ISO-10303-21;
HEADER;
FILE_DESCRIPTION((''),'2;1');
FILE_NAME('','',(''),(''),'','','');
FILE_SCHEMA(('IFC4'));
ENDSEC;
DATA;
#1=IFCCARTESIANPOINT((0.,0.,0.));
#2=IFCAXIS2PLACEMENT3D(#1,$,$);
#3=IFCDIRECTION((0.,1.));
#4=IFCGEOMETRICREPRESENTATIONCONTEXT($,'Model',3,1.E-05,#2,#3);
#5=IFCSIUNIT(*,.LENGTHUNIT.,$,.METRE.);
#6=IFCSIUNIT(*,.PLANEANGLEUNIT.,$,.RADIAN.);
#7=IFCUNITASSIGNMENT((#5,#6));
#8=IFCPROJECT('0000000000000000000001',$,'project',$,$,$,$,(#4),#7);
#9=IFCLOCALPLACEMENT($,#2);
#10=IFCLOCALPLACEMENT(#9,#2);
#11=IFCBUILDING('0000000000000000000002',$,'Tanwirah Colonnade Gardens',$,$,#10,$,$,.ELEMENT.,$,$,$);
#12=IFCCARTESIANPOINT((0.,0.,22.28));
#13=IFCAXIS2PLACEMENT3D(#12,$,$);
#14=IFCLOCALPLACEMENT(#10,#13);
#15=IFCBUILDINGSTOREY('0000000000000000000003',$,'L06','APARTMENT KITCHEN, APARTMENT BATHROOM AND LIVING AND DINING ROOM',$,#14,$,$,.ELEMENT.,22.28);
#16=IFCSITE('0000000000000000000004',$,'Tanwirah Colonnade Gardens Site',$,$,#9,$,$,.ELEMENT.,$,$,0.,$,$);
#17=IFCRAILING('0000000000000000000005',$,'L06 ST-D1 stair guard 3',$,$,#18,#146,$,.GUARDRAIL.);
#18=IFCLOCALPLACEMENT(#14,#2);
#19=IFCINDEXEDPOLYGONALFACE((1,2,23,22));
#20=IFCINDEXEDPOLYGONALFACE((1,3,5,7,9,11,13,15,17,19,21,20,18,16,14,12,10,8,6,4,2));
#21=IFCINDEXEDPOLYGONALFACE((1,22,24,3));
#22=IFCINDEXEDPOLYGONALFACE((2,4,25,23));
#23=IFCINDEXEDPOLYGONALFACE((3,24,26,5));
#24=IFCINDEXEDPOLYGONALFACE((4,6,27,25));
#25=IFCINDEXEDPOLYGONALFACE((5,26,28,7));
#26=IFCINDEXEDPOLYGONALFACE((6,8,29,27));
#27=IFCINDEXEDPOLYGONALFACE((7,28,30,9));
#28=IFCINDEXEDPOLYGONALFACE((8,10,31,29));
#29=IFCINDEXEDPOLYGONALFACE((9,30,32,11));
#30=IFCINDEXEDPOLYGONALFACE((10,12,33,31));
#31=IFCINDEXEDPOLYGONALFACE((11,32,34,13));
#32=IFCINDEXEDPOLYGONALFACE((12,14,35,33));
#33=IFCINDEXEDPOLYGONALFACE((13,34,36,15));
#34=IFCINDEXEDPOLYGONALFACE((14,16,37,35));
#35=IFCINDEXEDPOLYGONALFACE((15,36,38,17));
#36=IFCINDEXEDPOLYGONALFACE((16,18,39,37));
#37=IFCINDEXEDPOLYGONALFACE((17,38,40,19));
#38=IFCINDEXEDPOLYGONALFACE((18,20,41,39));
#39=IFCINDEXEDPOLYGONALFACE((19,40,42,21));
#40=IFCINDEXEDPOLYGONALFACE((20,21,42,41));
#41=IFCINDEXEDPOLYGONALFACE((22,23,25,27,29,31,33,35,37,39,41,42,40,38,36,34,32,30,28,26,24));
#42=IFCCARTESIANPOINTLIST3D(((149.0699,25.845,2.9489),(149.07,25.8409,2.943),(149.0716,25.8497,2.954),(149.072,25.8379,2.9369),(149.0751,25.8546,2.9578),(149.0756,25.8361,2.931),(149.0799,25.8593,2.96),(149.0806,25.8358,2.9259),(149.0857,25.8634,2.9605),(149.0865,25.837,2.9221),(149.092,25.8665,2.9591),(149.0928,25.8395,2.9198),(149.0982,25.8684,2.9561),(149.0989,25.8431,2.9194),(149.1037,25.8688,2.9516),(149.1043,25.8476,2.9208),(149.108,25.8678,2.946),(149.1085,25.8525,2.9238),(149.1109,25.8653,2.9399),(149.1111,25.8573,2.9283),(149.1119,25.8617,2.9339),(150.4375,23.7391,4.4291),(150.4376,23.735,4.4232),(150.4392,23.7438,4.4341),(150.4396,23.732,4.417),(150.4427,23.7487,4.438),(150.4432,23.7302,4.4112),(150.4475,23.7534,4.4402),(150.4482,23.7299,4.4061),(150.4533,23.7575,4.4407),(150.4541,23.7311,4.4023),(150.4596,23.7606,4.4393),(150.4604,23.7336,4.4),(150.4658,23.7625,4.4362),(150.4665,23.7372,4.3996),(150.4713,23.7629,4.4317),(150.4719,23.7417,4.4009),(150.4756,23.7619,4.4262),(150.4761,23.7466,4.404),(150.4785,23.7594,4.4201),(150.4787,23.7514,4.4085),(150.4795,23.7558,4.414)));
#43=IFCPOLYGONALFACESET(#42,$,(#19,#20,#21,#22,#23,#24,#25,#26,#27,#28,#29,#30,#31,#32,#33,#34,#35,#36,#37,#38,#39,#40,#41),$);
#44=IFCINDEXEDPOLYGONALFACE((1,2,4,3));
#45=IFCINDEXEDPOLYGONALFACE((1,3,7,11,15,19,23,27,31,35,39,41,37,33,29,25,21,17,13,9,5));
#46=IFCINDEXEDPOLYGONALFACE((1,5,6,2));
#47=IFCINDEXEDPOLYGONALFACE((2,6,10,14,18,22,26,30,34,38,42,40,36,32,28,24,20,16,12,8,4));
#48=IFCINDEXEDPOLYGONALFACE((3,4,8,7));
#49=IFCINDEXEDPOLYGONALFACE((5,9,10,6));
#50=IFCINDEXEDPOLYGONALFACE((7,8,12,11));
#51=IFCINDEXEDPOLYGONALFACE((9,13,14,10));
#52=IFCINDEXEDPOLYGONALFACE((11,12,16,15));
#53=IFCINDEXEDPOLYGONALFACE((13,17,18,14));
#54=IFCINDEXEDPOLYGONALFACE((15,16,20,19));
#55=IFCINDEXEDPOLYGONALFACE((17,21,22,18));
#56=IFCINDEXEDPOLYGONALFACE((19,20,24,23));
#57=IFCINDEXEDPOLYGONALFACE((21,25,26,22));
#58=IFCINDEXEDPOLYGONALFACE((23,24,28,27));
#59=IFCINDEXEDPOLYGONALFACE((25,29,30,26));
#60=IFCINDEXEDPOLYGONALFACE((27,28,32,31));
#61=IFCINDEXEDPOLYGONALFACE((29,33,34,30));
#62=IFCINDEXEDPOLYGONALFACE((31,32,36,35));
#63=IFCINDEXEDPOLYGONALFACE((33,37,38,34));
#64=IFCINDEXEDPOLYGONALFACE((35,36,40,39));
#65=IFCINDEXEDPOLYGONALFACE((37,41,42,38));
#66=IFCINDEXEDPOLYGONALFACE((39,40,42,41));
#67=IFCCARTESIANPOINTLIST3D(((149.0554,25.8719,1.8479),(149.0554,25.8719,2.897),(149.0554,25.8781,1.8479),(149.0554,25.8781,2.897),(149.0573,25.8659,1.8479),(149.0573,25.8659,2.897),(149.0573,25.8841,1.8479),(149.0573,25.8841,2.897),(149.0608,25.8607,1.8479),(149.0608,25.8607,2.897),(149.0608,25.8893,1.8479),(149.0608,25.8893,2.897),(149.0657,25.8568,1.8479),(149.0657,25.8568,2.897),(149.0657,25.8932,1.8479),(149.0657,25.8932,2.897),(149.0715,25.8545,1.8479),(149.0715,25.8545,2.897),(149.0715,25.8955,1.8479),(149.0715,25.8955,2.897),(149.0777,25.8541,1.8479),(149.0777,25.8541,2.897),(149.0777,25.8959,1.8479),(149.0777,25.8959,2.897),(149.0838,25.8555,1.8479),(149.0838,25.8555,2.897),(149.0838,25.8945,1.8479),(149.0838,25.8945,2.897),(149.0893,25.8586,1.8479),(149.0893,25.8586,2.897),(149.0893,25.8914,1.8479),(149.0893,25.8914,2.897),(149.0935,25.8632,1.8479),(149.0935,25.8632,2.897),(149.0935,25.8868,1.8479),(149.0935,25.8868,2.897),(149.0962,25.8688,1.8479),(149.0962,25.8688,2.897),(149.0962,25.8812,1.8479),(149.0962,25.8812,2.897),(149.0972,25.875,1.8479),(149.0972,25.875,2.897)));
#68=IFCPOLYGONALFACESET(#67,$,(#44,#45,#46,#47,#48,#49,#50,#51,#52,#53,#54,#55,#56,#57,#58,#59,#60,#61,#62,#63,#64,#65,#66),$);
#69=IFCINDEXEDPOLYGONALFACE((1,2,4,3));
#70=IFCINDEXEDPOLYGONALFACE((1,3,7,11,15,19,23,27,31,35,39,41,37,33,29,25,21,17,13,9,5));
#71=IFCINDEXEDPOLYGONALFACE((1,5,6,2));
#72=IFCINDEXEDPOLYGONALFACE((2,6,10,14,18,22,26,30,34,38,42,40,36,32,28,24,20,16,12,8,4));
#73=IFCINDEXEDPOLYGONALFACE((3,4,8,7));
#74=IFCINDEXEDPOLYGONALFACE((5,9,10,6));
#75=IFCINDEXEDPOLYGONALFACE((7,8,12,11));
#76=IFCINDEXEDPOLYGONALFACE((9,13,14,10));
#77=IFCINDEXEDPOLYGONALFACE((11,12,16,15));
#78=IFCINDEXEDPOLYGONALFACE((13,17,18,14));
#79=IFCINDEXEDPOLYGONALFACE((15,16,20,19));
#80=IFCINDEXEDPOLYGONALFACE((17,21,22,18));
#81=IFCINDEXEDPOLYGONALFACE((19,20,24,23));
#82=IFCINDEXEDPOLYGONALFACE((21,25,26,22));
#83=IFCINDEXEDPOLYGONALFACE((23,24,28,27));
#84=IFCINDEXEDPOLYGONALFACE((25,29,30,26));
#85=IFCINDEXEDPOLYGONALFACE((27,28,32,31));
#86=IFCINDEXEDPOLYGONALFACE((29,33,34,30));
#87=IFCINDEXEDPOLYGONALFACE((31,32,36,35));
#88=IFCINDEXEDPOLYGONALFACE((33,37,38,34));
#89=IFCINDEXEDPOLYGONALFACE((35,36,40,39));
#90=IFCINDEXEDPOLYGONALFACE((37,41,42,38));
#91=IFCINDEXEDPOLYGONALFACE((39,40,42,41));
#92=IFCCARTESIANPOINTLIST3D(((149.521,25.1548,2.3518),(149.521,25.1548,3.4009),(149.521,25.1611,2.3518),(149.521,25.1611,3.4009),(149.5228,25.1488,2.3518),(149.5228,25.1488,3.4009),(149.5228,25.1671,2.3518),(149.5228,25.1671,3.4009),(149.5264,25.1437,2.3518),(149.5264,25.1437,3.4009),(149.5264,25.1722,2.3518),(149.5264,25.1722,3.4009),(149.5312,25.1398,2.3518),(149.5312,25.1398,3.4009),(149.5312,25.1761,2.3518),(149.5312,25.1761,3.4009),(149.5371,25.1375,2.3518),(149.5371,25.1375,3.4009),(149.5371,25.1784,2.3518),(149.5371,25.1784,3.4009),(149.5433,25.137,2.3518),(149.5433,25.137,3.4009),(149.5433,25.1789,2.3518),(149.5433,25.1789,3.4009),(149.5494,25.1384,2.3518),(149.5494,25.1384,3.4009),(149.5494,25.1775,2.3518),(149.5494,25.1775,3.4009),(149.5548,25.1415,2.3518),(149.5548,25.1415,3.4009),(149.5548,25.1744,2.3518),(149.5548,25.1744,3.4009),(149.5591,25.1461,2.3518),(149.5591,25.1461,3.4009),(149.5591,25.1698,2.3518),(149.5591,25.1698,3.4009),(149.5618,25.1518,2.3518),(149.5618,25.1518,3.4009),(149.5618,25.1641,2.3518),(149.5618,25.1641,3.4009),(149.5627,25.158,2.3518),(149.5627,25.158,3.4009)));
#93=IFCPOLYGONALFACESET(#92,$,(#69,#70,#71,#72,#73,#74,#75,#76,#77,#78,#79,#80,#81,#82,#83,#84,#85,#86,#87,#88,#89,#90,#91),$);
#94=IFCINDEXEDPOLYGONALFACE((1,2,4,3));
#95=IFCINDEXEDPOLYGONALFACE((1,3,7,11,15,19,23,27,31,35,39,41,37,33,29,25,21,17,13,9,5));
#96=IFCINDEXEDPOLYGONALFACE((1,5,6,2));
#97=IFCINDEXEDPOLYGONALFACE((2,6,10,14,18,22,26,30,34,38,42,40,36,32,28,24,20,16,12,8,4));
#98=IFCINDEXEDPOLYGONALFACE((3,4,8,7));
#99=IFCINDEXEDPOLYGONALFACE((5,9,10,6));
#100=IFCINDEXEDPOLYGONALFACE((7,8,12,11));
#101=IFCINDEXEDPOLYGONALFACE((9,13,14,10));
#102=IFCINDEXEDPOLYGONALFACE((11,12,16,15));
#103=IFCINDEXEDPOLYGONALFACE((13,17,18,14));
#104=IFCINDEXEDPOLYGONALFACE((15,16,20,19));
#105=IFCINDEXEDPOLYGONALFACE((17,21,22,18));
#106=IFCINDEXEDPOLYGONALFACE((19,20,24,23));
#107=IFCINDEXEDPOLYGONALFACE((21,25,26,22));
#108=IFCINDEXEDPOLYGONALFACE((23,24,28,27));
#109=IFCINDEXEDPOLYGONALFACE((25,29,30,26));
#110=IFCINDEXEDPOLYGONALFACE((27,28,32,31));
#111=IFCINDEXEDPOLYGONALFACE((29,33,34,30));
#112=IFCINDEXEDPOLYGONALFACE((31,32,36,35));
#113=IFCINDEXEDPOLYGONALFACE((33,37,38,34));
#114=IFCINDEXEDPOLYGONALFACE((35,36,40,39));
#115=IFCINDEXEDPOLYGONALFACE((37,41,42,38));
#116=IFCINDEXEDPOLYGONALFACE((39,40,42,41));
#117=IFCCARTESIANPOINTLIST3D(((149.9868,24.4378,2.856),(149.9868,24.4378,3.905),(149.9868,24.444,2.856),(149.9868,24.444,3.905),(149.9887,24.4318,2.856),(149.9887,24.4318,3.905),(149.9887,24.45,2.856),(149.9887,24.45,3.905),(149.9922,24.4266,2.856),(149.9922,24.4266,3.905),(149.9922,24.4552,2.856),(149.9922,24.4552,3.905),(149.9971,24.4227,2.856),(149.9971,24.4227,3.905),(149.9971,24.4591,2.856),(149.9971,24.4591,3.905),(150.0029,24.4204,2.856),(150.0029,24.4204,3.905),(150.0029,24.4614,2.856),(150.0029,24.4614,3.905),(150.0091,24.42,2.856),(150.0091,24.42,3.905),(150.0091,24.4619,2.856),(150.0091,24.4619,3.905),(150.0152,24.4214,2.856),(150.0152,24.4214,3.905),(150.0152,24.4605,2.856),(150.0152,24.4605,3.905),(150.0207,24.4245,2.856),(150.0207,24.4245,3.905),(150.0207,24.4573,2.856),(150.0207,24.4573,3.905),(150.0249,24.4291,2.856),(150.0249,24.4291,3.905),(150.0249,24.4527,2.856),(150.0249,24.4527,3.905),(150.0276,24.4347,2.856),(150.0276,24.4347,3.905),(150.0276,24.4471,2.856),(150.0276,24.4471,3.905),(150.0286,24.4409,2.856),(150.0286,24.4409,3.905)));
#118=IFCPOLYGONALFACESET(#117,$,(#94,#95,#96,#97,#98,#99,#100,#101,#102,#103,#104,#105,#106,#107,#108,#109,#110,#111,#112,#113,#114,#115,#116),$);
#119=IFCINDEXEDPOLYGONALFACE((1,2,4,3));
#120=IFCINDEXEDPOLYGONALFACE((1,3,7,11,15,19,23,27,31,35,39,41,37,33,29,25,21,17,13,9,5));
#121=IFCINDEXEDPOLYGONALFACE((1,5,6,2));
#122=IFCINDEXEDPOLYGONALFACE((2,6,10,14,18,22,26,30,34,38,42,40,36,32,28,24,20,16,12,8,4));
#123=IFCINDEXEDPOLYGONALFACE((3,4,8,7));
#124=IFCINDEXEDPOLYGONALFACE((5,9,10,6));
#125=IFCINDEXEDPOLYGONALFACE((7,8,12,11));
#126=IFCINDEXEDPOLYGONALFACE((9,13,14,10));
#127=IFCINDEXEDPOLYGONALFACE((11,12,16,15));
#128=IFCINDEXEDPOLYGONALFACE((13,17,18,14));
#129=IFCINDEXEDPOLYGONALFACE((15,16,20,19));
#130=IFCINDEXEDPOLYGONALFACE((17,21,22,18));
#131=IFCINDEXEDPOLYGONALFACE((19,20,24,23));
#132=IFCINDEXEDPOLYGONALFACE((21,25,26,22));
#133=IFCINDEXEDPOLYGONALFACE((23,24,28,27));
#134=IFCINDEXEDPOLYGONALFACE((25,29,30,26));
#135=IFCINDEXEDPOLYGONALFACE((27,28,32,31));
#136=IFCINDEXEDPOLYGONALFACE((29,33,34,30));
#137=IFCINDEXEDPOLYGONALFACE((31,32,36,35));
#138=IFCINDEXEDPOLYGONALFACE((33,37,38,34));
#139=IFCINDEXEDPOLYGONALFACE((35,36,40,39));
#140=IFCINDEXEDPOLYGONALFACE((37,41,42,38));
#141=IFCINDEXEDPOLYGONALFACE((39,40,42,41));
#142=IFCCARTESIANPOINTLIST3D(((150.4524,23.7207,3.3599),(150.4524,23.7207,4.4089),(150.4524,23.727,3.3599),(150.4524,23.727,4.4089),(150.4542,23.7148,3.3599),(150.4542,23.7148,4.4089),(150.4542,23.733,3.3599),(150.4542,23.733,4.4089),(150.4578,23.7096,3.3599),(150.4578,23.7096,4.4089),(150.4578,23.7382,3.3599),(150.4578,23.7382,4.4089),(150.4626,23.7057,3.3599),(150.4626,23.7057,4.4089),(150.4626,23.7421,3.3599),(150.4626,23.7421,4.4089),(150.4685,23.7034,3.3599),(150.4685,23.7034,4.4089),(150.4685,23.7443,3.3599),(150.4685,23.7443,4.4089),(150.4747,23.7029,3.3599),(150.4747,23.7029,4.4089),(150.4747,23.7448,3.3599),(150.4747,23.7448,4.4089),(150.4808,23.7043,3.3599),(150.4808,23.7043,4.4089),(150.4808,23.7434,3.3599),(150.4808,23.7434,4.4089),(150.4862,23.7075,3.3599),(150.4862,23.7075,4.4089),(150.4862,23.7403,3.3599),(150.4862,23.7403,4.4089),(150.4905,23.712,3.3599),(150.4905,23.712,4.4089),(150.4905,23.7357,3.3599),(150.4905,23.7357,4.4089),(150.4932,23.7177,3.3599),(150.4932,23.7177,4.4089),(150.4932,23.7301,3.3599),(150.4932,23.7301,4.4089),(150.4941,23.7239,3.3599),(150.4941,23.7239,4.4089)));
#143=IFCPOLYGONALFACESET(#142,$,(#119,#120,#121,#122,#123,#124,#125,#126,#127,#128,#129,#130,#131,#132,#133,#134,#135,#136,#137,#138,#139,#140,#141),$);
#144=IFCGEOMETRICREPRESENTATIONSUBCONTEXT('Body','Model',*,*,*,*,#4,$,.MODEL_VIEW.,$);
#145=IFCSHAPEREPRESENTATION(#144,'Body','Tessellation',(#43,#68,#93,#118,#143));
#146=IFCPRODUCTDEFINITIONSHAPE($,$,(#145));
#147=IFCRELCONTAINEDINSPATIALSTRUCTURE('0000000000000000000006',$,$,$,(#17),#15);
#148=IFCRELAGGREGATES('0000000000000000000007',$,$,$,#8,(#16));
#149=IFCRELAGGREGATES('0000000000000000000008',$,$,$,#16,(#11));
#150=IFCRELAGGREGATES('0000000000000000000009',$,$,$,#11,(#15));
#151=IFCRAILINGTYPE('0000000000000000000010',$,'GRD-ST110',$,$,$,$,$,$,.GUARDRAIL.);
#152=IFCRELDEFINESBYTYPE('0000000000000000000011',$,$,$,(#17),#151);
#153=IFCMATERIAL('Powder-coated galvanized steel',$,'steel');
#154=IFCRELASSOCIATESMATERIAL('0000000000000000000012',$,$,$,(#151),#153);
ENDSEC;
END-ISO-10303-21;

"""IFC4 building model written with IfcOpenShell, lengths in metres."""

from ifc_helpers import new_model, si_unit, direction, frame, origin, origin_2d, place, context, subcontext, project, spatial, circle, extrude, material, type_object, element, save


model = new_model("IFC4")

# Units and contexts
model_context = context("Model", 3, precision=1e-05, world=origin(), true_north=direction((0.0, 1.0)))
body_context = subcontext(model_context, "Body", "Model", "MODEL_VIEW")
ifc_project = project(units=[si_unit("LENGTHUNIT", "METRE"), si_unit("PLANEANGLEUNIT", "RADIAN")], contexts=[model_context])

# Site, building, storey
site_placement = place(None, origin())
site = spatial("IfcSite", under=ifc_project, at=site_placement, Name="Tanwirah Colonnade Gardens Site", CompositionType="ELEMENT", RefElevation=0.0)
building_placement = place(site_placement, origin())
building = spatial("IfcBuilding", under=site, at=building_placement, Name="Tanwirah Colonnade Gardens", CompositionType="ELEMENT")
storey_placement = place(building_placement, frame((0.0, 0.0, 22.28)))
storey = spatial("IfcBuildingStorey", under=building, at=storey_placement, Name="L06", Description="APARTMENT KITCHEN, APARTMENT BATHROOM AND LIVING AND DINING ROOM", CompositionType="ELEMENT", Elevation=22.28)

# Railing
ifc_material_1 = material(Name="Powder-coated galvanized steel", Category="steel")
railing_type_1 = type_object("IfcRailingType", Name="GRD-ST110", PredefinedType="GUARDRAIL", material=ifc_material_1)
railing_1_placement = place(storey_placement, frame((149.0762, 25.875, 1.8479)))
element("IfcRailing", 1, at=railing_1_placement, inside=storey, type_object=railing_type_1, Name="L06 ST-D1 stair guard 3", PredefinedType="GUARDRAIL", context=body_context, shape_type="SweptSolid", body=[
    extrude(circle(Radius=0.0239, at=origin_2d()), frame((0.0146, -0.0227, 1.092), z_axis=(0.469193, -0.722484, 0.507814), x_axis=(0.838668, 0.544644, 0.0)), (0.0, 0.0, 1.0), 2.9148),
    extrude(circle(Radius=0.021, at=origin_2d()), origin(), (0.0, 0.0, 1.0), 1.0491),
    extrude(circle(Radius=0.021, at=origin_2d()), frame((0.4656, -0.717, 0.5039)), (0.0, 0.0, 1.0), 1.0491),
    extrude(circle(Radius=0.021, at=origin_2d()), frame((0.9314, -1.4341, 1.0081)), (0.0, 0.0, 1.0), 1.0491),
    extrude(circle(Radius=0.021, at=origin_2d()), frame((1.397, -2.1511, 1.512)), (0.0, 0.0, 1.0), 1.0491),
])

save(model, "model.ifc")
